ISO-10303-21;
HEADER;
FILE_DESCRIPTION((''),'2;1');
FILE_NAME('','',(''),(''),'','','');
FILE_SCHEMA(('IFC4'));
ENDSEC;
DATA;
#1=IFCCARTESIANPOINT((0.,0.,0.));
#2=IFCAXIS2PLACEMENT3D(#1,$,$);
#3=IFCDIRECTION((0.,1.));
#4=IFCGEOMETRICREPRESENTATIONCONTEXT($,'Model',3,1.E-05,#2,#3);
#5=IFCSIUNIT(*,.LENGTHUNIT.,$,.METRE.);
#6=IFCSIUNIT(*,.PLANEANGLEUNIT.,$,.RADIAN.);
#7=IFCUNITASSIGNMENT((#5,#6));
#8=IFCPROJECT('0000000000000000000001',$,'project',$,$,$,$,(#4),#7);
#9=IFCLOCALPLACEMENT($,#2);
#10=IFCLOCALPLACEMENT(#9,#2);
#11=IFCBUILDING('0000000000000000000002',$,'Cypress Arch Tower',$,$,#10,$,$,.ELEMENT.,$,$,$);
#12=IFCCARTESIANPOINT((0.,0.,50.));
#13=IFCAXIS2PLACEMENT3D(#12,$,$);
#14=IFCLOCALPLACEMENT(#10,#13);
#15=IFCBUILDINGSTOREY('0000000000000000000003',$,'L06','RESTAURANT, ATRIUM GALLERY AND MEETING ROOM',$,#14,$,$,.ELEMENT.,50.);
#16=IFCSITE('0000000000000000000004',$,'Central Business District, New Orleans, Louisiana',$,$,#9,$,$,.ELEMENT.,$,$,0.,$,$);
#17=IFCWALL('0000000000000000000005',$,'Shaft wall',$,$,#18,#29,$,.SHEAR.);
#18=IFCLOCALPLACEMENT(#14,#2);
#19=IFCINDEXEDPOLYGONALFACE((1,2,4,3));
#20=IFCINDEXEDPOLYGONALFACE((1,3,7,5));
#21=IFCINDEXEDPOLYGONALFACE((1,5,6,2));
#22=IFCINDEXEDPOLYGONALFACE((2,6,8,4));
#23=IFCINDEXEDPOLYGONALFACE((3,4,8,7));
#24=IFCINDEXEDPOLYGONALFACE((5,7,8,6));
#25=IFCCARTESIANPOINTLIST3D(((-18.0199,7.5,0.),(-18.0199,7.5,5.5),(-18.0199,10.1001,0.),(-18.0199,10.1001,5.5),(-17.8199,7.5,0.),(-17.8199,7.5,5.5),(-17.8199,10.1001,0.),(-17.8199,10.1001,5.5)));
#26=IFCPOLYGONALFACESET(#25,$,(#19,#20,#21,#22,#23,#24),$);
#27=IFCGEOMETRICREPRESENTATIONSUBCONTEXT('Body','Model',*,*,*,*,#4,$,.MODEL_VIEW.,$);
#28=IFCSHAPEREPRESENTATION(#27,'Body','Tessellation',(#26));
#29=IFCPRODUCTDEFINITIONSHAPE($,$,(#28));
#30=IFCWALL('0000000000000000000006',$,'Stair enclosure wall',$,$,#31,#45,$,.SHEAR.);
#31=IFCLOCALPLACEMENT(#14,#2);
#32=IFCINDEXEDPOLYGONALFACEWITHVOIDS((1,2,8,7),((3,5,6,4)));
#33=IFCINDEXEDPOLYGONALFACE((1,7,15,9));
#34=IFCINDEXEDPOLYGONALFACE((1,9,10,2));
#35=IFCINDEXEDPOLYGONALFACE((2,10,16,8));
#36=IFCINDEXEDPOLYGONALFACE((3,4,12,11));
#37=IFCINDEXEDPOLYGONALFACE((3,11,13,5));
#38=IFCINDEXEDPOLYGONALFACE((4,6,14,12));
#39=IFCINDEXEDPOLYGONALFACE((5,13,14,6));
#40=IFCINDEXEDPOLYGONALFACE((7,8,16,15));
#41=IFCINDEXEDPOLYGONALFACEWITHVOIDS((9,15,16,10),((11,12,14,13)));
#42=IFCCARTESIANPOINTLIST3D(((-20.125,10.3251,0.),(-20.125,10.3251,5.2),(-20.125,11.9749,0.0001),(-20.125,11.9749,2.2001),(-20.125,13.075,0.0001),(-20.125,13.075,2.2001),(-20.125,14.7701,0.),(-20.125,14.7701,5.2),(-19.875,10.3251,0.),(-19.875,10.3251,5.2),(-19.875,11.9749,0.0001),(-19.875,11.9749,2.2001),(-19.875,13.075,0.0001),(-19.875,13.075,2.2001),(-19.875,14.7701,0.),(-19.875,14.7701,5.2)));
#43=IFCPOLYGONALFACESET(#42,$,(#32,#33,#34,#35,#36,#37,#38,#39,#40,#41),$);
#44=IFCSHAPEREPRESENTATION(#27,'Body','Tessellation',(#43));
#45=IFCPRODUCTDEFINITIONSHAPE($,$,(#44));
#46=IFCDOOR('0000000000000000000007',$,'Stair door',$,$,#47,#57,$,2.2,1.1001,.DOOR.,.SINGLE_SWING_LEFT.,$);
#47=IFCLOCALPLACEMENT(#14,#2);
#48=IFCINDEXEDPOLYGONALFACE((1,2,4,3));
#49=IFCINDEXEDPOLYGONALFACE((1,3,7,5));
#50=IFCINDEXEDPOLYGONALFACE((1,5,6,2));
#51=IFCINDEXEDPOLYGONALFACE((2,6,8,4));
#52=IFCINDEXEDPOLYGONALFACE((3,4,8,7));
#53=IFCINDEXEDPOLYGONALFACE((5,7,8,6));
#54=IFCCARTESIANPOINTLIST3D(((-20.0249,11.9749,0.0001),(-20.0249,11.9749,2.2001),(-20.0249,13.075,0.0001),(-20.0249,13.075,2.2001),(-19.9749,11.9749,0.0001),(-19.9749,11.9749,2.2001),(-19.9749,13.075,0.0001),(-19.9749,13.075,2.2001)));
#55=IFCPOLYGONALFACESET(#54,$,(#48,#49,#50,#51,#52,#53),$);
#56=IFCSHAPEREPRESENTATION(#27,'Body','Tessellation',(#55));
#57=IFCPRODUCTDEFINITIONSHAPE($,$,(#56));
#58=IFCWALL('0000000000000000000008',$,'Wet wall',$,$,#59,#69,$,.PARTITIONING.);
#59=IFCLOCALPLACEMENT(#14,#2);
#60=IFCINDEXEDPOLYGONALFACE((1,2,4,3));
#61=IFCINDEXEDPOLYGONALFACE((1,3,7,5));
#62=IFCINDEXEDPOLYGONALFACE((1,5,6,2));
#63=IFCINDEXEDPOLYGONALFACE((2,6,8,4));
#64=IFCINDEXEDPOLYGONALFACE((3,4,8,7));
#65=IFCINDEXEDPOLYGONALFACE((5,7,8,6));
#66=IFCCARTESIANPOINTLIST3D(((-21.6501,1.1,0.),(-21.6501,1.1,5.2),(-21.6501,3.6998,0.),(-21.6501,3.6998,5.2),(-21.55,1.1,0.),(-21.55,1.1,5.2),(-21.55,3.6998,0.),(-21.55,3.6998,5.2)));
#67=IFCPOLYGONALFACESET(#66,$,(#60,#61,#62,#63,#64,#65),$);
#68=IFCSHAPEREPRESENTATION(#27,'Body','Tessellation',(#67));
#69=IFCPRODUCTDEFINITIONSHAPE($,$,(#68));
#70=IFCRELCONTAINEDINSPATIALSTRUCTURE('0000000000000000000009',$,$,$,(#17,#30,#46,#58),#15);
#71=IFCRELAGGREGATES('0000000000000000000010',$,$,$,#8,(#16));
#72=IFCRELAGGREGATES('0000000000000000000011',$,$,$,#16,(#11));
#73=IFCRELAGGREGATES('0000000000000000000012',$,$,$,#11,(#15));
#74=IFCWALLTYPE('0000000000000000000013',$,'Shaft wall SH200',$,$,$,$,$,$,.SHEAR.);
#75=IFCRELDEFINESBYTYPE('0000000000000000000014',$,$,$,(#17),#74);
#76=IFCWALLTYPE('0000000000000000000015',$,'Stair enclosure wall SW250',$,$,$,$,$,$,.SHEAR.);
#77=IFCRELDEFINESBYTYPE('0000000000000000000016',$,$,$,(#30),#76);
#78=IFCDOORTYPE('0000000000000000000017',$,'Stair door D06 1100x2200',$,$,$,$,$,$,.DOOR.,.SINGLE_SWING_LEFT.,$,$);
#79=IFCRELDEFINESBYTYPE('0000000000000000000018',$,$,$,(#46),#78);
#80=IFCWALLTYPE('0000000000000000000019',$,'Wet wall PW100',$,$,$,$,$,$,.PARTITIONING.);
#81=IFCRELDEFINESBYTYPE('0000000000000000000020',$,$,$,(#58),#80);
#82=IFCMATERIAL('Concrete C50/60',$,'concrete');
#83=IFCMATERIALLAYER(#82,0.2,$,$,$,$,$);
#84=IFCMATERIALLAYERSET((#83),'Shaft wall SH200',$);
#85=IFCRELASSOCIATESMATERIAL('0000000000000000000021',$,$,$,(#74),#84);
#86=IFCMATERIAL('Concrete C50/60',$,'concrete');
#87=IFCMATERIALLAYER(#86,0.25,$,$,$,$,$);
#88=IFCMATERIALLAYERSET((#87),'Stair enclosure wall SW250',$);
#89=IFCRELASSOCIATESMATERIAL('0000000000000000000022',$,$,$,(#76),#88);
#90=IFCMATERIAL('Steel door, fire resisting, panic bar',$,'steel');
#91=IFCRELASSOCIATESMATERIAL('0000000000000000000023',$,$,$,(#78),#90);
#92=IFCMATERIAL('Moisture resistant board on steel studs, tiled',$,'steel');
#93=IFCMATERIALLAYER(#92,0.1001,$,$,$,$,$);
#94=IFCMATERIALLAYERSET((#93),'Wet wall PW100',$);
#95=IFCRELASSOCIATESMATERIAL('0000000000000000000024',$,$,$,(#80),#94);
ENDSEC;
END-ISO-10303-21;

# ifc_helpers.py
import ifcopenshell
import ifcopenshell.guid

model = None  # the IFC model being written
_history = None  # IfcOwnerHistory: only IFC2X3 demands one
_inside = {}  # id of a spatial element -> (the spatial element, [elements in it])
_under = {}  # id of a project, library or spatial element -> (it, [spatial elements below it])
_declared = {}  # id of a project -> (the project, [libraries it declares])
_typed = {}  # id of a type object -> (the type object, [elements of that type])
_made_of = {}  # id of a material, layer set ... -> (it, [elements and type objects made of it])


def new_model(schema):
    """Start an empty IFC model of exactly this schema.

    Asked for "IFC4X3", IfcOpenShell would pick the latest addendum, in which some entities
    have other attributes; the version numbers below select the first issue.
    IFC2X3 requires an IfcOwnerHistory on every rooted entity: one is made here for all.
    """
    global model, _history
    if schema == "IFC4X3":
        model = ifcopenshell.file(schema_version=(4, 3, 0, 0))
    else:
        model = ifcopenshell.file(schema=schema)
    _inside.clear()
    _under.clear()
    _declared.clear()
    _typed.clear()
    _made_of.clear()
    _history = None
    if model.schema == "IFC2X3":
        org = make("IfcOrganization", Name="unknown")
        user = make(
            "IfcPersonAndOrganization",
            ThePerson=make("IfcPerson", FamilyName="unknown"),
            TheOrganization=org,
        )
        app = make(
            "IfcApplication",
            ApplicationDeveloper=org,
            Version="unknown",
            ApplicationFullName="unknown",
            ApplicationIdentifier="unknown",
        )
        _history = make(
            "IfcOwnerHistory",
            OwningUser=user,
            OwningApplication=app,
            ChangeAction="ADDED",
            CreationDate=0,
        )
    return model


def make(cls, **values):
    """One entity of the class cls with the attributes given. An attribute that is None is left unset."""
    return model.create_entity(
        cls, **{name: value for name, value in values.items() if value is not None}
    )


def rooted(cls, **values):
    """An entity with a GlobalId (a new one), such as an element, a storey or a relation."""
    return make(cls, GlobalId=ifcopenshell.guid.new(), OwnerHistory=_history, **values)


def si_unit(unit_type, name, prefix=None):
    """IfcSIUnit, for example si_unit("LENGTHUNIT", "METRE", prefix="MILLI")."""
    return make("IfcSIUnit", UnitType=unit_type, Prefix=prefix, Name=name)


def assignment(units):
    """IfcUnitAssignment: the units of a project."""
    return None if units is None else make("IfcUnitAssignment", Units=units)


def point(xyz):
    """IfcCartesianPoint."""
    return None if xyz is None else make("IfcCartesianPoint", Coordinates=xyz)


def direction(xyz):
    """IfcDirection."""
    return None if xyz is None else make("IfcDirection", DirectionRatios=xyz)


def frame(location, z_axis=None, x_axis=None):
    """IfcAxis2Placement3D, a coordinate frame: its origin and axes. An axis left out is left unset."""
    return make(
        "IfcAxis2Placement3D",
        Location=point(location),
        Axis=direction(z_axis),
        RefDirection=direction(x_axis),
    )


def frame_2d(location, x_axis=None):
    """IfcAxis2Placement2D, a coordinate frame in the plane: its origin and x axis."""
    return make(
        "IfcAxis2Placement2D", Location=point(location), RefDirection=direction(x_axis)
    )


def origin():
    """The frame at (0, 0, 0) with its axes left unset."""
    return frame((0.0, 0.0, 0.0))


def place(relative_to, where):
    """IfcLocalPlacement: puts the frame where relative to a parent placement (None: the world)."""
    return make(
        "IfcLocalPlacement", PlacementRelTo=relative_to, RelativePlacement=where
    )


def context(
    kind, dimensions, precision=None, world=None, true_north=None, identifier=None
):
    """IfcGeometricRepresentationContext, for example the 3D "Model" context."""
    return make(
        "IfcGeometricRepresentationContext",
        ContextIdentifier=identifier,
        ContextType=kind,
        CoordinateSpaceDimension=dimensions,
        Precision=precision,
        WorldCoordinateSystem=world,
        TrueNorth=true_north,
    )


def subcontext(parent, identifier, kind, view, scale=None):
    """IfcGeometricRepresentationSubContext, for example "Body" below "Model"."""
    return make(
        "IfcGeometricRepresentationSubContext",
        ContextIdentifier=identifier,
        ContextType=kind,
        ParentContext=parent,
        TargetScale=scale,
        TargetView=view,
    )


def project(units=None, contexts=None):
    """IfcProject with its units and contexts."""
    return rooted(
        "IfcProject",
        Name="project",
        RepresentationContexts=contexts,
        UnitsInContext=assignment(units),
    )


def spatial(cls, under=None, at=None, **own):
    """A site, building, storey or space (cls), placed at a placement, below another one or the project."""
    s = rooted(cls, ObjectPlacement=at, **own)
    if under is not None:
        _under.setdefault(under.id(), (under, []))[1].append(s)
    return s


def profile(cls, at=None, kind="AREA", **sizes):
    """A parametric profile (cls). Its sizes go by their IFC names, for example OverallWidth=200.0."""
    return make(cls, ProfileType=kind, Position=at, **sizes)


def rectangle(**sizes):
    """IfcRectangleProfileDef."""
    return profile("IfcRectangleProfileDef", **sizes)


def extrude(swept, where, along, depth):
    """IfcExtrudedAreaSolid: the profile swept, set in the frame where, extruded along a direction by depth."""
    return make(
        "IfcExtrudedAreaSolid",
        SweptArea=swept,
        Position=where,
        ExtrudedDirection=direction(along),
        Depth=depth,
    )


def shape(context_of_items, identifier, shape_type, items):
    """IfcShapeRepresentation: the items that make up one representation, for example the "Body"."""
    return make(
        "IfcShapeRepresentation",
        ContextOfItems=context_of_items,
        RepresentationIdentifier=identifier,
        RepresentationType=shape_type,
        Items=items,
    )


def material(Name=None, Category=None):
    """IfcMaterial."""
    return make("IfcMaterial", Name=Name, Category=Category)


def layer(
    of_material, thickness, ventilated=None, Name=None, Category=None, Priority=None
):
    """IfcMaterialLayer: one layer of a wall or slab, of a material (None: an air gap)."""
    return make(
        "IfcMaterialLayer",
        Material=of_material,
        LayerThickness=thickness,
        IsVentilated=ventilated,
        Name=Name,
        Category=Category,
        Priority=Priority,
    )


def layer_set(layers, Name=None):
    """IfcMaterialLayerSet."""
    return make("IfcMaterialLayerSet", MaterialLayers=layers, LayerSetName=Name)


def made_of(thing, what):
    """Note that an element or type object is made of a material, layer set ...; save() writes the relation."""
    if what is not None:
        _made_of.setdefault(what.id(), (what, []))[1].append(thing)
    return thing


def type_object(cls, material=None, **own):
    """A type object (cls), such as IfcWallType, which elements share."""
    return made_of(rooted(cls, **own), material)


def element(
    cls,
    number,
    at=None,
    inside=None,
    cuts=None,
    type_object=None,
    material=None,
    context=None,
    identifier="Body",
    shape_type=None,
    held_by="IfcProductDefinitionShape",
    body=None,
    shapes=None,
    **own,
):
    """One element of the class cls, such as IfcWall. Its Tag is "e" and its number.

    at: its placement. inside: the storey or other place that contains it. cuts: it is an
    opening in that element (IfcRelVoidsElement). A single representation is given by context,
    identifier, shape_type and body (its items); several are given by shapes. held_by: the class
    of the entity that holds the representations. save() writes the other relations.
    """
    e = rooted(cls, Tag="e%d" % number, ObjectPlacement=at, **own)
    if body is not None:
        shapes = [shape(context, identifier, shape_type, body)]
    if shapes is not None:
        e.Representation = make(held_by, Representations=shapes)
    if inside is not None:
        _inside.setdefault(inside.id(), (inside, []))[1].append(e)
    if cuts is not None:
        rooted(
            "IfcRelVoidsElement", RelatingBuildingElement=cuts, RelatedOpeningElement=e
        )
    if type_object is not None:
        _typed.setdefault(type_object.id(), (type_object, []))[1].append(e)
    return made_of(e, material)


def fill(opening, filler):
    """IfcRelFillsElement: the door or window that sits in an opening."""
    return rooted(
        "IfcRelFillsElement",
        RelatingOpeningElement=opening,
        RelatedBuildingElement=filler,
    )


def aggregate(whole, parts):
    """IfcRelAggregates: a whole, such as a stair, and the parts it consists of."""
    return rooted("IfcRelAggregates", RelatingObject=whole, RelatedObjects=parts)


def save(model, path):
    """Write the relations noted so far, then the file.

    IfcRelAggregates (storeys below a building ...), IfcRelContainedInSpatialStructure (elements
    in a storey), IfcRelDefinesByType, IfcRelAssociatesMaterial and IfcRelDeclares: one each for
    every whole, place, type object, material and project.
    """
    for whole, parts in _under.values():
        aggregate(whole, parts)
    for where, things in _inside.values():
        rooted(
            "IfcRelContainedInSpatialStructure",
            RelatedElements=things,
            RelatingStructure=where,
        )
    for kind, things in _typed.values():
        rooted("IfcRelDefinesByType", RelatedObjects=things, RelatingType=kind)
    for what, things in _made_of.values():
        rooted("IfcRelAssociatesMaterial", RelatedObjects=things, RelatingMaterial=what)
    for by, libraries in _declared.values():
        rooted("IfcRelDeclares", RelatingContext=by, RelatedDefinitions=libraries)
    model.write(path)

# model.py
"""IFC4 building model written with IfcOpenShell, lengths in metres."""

from ifc_helpers import new_model, si_unit, direction, frame, frame_2d, origin, place, context, subcontext, project, spatial, rectangle, extrude, material, layer, layer_set, type_object, element, fill, save


model = new_model("IFC4")

# Units and contexts
model_context = context("Model", 3, precision=1e-05, world=origin(), true_north=direction((0.0, 1.0)))
body_context = subcontext(model_context, "Body", "Model", "MODEL_VIEW")
ifc_project = project(units=[si_unit("LENGTHUNIT", "METRE"), si_unit("PLANEANGLEUNIT", "RADIAN")], contexts=[model_context])

# Site, building, storey
site_placement = place(None, origin())
site = spatial("IfcSite", under=ifc_project, at=site_placement, Name="Central Business District, New Orleans, Louisiana", CompositionType="ELEMENT", RefElevation=0.0)
building_placement = place(site_placement, origin())
building = spatial("IfcBuilding", under=site, at=building_placement, Name="Cypress Arch Tower", CompositionType="ELEMENT")
storey_placement = place(building_placement, frame((0.0, 0.0, 50.0)))
storey = spatial("IfcBuildingStorey", under=building, at=storey_placement, Name="L06", Description="RESTAURANT, ATRIUM GALLERY AND MEETING ROOM", CompositionType="ELEMENT", Elevation=50.0)

# Shared definitions
ifc_material_1 = material(Name="Concrete C50/60", Category="concrete")
ifc_layer_1 = layer(ifc_material_1, 0.2)
ifc_layer_set_1 = layer_set([ifc_layer_1], Name="Shaft wall SH200")
wall_type_1 = type_object("IfcWallType", Name="Shaft wall SH200", PredefinedType="SHEAR", material=ifc_layer_set_1)

# Wall
wall_1_placement = place(storey_placement, frame((-17.9199, 7.5, 0.0), z_axis=(0.0, 0.0, 1.0), x_axis=(0.0, 1.0, 0.0)))
element("IfcWall", 1, at=wall_1_placement, inside=storey, type_object=wall_type_1, Name="Shaft wall", PredefinedType="SHEAR", context=body_context, shape_type="SweptSolid", body=[
    extrude(rectangle(XDim=2.6001, YDim=0.2, at=frame_2d((1.3, 0.0))), origin(), (0.0, 0.0, 1.0), 5.5),
])

# Wall, opening, door
ifc_material_2 = material(Name="Concrete C50/60", Category="concrete")
ifc_layer_2 = layer(ifc_material_2, 0.25)
ifc_layer_set_2 = layer_set([ifc_layer_2], Name="Stair enclosure wall SW250")
wall_type_2 = type_object("IfcWallType", Name="Stair enclosure wall SW250", PredefinedType="SHEAR", material=ifc_layer_set_2)
wall_2_placement = place(storey_placement, frame((-20.0, 10.325, 0.0), z_axis=(0.0, 0.0, 1.0), x_axis=(0.0, 1.0, 0.0)))
wall_2 = element("IfcWall", 2, at=wall_2_placement, inside=storey, type_object=wall_type_2, Name="Stair enclosure wall", PredefinedType="SHEAR", context=body_context, shape_type="SweptSolid", body=[
    extrude(rectangle(XDim=4.4451, YDim=0.25, at=frame_2d((2.2227, 0.0))), origin(), (0.0, 0.0, 1.0), 5.2),
])
opening_1_placement = place(wall_2_placement, frame((1.6499, 0.0, 0.0)))
opening_1 = element("IfcOpeningElement", 3, at=opening_1_placement, cuts=wall_2, PredefinedType="OPENING", context=body_context, shape_type="SweptSolid", body=[
    extrude(rectangle(XDim=1.1001, YDim=2.2, at=frame_2d((0.55, 1.1001))), frame((0.0, 0.135, 0.0), z_axis=(0.0, -1.0, 0.0), x_axis=(1.0, 0.0, 0.0)), (0.0, 0.0, 1.0), 0.27),
])
ifc_material_3 = material(Name="Steel door, fire resisting, panic bar", Category="steel")
door_type_1 = type_object("IfcDoorType", Name="Stair door D06 1100x2200", OperationType="SINGLE_SWING_LEFT", PredefinedType="DOOR", material=ifc_material_3)
door_1_placement = place(opening_1_placement, origin())
door_1 = element("IfcDoor", 4, at=door_1_placement, inside=storey, type_object=door_type_1, Name="Stair door", OperationType="SINGLE_SWING_LEFT", OverallHeight=2.2, OverallWidth=1.1001, PredefinedType="DOOR", context=body_context, shape_type="SweptSolid", body=[
    extrude(rectangle(XDim=1.1001, YDim=2.2, at=frame_2d((0.55, 1.1001))), frame((0.0, 0.0249, 0.0), z_axis=(0.0, -1.0, 0.0), x_axis=(1.0, 0.0, 0.0)), (0.0, 0.0, 1.0), 0.05),
])
fill(opening_1, door_1)

# Wall
ifc_material_4 = material(Name="Moisture resistant board on steel studs, tiled", Category="steel")
ifc_layer_3 = layer(ifc_material_4, 0.1001)
ifc_layer_set_3 = layer_set([ifc_layer_3], Name="Wet wall PW100")
wall_type_3 = type_object("IfcWallType", Name="Wet wall PW100", PredefinedType="PARTITIONING", material=ifc_layer_set_3)
wall_3_placement = place(storey_placement, frame((-21.6001, 1.1001, 0.0), z_axis=(0.0, 0.0, 1.0), x_axis=(0.0, 1.0, 0.0)))
element("IfcWall", 5, at=wall_3_placement, inside=storey, type_object=wall_type_3, Name="Wet wall", PredefinedType="PARTITIONING", context=body_context, shape_type="SweptSolid", body=[
    extrude(rectangle(XDim=2.5999, YDim=0.1001, at=frame_2d((1.2998, 0.0))), origin(), (0.0, 0.0, 1.0), 5.2),
])

save(model, "model.ifc")
